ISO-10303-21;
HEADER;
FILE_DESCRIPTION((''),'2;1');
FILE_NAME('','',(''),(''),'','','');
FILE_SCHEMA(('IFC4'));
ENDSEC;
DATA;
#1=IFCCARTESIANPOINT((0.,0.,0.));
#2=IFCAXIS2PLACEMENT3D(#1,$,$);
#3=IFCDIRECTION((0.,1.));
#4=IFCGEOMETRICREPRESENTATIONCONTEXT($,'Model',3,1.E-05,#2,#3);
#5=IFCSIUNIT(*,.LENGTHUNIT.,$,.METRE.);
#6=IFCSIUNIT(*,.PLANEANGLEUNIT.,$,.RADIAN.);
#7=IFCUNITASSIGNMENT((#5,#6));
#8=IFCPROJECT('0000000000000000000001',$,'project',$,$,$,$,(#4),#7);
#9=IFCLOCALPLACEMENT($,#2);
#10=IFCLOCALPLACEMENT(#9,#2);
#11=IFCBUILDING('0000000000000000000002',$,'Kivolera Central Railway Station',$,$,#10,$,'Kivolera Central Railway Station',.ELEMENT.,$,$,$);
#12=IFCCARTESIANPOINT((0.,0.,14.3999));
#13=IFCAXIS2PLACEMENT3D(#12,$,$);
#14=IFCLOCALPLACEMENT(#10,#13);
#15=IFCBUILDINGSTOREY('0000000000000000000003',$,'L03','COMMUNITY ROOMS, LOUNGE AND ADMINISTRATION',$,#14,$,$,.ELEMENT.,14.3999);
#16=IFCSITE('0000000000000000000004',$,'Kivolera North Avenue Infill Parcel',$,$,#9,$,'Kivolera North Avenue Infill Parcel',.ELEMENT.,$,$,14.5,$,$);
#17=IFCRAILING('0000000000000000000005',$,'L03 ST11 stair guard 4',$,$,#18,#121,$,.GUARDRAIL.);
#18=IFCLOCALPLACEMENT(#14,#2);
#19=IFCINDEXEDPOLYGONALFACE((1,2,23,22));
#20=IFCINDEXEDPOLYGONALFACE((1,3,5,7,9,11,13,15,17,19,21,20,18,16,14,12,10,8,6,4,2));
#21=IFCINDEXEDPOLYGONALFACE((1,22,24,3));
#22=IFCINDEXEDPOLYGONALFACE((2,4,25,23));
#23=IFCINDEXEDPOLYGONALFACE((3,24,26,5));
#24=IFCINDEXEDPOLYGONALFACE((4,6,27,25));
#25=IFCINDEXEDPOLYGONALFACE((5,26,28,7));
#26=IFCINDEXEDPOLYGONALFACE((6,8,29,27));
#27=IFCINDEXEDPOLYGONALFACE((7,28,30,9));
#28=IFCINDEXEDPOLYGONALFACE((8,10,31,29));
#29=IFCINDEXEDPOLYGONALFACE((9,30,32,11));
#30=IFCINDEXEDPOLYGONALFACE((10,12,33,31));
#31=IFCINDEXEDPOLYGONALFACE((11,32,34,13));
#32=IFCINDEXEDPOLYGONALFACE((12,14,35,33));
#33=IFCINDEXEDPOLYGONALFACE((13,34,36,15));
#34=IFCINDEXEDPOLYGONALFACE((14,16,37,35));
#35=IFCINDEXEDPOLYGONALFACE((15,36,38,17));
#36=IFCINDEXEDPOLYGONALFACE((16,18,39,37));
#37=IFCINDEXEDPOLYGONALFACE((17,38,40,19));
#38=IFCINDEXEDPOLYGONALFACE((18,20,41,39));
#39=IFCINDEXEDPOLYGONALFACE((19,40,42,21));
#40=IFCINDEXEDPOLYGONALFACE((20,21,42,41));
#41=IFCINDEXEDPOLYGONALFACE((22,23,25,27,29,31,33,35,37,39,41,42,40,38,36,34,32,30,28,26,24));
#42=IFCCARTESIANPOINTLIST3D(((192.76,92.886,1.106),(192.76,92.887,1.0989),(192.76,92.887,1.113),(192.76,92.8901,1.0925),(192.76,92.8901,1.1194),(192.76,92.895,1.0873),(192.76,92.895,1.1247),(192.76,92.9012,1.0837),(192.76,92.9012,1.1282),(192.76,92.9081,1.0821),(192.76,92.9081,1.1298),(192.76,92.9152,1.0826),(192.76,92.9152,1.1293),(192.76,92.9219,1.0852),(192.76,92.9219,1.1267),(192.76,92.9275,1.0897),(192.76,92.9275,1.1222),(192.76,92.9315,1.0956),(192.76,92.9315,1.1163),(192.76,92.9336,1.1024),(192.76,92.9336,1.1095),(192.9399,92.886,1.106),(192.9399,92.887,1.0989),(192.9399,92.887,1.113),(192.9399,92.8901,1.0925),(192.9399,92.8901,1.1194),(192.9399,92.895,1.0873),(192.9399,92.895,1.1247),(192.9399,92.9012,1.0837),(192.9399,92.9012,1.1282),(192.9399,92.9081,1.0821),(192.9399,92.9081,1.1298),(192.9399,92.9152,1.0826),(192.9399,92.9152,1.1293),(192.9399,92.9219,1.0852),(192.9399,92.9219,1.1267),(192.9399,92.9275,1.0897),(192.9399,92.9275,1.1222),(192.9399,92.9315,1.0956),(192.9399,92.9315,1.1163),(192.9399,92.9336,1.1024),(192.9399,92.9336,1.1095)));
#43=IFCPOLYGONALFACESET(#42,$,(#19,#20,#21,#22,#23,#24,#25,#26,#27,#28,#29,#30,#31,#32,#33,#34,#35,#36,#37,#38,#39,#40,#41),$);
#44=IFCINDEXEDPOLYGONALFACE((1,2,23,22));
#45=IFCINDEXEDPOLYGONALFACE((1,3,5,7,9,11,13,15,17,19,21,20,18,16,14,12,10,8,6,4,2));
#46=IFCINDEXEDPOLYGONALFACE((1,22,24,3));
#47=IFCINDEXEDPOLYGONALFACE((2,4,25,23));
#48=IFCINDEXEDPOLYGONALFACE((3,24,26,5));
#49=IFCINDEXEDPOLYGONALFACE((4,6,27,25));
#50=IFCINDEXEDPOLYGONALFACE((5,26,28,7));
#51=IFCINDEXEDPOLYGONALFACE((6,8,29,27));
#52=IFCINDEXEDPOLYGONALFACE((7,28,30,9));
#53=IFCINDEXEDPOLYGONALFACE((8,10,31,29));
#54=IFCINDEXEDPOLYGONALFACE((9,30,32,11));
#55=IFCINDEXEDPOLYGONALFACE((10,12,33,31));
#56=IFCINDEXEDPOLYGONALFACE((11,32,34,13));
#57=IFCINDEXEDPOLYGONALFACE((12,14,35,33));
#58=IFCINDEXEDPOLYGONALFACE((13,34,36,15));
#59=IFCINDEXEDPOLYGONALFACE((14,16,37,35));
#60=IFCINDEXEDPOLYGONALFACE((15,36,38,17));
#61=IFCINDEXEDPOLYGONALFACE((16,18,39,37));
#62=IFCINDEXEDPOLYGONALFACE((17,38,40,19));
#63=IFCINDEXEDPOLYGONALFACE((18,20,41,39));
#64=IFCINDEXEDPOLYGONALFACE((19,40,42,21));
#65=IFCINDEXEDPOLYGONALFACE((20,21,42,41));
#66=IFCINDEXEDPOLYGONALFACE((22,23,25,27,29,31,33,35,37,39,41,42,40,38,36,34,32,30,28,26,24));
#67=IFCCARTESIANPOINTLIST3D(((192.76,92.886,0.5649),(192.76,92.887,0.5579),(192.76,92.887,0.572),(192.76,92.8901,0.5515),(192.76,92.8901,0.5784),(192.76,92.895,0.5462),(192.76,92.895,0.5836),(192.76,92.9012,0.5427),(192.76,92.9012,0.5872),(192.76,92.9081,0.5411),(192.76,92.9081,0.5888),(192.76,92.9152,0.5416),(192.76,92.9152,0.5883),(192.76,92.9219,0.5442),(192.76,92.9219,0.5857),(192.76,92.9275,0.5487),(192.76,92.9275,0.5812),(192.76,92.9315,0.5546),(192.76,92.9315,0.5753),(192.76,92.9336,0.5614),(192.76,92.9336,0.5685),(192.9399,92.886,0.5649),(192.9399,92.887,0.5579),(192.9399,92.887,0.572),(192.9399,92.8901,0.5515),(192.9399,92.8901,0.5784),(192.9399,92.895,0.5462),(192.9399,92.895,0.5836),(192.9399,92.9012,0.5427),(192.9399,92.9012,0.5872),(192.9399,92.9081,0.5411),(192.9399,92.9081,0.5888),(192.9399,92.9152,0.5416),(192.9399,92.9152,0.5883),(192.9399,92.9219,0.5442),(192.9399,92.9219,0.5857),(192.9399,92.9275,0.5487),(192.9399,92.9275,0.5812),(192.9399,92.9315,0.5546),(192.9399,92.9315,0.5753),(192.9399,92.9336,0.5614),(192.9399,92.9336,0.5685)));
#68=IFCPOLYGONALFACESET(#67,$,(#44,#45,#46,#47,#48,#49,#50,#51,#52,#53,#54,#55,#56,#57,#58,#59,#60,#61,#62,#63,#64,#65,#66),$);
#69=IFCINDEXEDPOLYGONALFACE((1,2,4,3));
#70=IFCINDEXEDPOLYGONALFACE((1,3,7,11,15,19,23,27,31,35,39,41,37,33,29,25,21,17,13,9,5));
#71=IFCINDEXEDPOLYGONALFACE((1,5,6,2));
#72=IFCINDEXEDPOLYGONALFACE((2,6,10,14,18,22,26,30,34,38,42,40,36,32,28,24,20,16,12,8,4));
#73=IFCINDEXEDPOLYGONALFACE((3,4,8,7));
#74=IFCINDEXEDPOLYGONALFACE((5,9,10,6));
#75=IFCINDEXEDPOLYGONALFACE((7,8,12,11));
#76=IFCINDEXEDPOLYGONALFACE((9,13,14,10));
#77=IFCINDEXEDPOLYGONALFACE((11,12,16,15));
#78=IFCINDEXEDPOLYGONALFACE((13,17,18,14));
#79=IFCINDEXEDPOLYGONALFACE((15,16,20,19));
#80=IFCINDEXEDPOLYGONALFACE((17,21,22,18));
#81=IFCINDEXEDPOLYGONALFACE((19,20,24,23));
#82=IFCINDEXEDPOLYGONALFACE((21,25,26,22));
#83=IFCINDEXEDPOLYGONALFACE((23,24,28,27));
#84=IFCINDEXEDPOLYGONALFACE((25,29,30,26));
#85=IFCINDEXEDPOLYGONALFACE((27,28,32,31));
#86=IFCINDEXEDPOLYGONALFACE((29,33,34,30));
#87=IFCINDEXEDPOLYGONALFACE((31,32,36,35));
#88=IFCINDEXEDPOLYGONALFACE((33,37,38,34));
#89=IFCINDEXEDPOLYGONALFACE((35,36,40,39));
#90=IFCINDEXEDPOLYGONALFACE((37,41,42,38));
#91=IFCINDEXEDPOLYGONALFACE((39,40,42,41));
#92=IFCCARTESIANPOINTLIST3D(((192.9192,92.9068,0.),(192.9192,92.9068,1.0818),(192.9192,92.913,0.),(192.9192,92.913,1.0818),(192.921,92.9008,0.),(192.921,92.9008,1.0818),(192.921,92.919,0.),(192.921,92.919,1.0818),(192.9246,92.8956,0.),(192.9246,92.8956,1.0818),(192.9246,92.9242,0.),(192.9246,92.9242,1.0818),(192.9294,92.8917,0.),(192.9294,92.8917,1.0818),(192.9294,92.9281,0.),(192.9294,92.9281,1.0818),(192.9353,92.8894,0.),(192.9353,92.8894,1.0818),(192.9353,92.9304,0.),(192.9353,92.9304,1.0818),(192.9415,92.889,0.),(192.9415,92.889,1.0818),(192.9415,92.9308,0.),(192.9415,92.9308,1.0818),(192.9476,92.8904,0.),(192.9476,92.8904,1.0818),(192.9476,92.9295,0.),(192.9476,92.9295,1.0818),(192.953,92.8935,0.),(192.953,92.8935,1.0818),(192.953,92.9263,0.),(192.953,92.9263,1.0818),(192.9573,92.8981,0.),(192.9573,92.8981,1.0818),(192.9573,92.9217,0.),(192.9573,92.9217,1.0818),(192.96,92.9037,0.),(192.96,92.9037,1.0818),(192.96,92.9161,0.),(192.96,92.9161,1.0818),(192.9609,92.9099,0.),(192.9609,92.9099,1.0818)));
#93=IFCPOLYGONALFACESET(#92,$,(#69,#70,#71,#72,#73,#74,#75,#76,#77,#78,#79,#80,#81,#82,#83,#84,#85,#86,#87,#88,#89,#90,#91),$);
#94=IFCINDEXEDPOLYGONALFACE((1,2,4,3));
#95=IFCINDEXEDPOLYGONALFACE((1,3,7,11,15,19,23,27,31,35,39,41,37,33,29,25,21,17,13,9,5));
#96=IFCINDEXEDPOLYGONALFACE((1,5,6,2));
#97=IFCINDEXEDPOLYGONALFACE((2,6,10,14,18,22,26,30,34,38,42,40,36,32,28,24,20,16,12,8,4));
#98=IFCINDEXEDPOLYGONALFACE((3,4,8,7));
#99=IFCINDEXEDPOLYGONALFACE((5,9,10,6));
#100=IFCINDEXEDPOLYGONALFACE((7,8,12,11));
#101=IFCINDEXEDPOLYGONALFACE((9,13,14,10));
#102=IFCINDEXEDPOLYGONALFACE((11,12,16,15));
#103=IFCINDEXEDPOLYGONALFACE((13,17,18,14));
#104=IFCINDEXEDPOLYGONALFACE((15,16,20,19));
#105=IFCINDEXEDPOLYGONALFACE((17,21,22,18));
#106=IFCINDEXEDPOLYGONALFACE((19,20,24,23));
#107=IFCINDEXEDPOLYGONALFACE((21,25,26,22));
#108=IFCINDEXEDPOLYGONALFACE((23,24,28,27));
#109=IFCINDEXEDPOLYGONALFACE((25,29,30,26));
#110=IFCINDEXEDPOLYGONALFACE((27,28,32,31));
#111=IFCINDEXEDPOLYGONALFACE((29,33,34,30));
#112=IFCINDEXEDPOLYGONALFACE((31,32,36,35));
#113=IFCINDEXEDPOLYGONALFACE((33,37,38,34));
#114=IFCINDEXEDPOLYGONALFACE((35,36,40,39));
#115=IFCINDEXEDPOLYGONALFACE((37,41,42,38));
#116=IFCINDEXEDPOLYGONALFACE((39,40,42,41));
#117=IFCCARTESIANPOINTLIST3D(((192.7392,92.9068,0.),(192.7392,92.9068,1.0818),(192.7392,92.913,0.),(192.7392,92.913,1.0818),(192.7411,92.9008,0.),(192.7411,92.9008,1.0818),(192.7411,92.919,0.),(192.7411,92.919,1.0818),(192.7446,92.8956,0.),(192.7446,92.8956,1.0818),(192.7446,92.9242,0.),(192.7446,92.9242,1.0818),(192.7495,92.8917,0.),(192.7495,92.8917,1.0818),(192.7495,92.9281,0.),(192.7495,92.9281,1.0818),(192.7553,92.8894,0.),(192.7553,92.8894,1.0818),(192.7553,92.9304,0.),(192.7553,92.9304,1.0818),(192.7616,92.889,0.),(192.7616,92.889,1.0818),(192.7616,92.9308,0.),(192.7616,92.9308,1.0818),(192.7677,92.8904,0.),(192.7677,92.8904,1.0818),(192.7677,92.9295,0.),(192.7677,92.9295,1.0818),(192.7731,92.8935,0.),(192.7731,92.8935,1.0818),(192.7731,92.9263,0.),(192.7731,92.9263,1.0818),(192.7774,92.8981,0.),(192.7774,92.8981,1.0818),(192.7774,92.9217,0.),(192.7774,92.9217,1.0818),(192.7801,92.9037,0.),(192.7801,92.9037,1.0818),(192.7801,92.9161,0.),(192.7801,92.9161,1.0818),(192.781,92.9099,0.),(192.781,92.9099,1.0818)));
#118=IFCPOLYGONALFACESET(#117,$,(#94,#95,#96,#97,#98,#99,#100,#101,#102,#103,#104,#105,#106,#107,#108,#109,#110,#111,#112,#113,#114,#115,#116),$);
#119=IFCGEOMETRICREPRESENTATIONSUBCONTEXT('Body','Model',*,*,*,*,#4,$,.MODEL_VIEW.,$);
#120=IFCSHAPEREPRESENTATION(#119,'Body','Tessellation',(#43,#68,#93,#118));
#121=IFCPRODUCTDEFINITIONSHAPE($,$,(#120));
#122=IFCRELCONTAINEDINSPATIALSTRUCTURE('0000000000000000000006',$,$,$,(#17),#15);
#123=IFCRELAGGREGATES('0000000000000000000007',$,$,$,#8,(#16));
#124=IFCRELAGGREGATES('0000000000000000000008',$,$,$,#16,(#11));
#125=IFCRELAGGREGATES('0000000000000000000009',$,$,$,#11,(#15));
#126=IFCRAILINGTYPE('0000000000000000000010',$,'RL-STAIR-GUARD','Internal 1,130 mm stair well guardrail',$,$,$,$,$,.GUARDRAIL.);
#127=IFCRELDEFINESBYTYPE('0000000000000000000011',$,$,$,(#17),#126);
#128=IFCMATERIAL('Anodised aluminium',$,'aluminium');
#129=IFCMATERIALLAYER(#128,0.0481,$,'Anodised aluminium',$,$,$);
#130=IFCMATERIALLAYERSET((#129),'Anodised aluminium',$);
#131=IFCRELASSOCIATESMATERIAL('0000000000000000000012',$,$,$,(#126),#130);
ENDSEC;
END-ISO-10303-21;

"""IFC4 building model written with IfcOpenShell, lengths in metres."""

from ifc_helpers import new_model, si_unit, direction, frame, origin, origin_2d, place, context, subcontext, project, spatial, circle, extrude, material, layer, layer_set, type_object, element, save


model = new_model("IFC4")

# Units and contexts
model_context = context("Model", 3, precision=1e-05, world=origin(), true_north=direction((0.0, 1.0)))
body_context = subcontext(model_context, "Body", "Model", "MODEL_VIEW")
ifc_project = project(units=[si_unit("LENGTHUNIT", "METRE"), si_unit("PLANEANGLEUNIT", "RADIAN")], contexts=[model_context])

# Site, building, storey
site_placement = place(None, origin())
site = spatial("IfcSite", under=ifc_project, at=site_placement, Name="Kivolera North Avenue Infill Parcel", LongName="Kivolera North Avenue Infill Parcel", CompositionType="ELEMENT", RefElevation=14.5)
building_placement = place(site_placement, origin())
building = spatial("IfcBuilding", under=site, at=building_placement, Name="Kivolera Central Railway Station", LongName="Kivolera Central Railway Station", CompositionType="ELEMENT")
storey_placement = place(building_placement, frame((0.0, 0.0, 14.3999)))
storey = spatial("IfcBuildingStorey", under=building, at=storey_placement, Name="L03", Description="COMMUNITY ROOMS, LOUNGE AND ADMINISTRATION", CompositionType="ELEMENT", Elevation=14.3999)

# Shared definitions
ifc_material_1 = material(Name="Anodised aluminium", Category="aluminium")

# Railing
ifc_layer_1 = layer(ifc_material_1, 0.0481, Name="Anodised aluminium")
ifc_layer_set_1 = layer_set([ifc_layer_1], Name="Anodised aluminium")
railing_type_1 = type_object("IfcRailingType", Name="RL-STAIR-GUARD", Description="Internal 1,130 mm stair well guardrail", PredefinedType="GUARDRAIL", material=ifc_layer_set_1)
railing_1_placement = place(storey_placement, frame((192.9399, 92.9099, 0.0)))
element("IfcRailing", 1, at=railing_1_placement, inside=storey, type_object=railing_type_1, Name="L03 ST11 stair guard 4", PredefinedType="GUARDRAIL", context=body_context, shape_type="SweptSolid", body=[
    extrude(circle(Radius=0.0239, at=origin_2d()), frame((0.0, 0.0, 1.106), z_axis=(-1.0, 0.0, 0.0), x_axis=(0.0, -1.0, 0.0)), (0.0, 0.0, 1.0), 0.1799),
    extrude(circle(Radius=0.0239, at=origin_2d()), frame((0.0, 0.0, 0.5649), z_axis=(-1.0, 0.0, 0.0), x_axis=(0.0, -1.0, 0.0)), (0.0, 0.0, 1.0), 0.1799),
    extrude(circle(Radius=0.021, at=origin_2d()), origin(), (0.0, 0.0, 1.0), 1.0818),
    extrude(circle(Radius=0.021, at=origin_2d()), frame((-0.1799, 0.0, 0.0)), (0.0, 0.0, 1.0), 1.0818),
])

save(model, "model.ifc")
